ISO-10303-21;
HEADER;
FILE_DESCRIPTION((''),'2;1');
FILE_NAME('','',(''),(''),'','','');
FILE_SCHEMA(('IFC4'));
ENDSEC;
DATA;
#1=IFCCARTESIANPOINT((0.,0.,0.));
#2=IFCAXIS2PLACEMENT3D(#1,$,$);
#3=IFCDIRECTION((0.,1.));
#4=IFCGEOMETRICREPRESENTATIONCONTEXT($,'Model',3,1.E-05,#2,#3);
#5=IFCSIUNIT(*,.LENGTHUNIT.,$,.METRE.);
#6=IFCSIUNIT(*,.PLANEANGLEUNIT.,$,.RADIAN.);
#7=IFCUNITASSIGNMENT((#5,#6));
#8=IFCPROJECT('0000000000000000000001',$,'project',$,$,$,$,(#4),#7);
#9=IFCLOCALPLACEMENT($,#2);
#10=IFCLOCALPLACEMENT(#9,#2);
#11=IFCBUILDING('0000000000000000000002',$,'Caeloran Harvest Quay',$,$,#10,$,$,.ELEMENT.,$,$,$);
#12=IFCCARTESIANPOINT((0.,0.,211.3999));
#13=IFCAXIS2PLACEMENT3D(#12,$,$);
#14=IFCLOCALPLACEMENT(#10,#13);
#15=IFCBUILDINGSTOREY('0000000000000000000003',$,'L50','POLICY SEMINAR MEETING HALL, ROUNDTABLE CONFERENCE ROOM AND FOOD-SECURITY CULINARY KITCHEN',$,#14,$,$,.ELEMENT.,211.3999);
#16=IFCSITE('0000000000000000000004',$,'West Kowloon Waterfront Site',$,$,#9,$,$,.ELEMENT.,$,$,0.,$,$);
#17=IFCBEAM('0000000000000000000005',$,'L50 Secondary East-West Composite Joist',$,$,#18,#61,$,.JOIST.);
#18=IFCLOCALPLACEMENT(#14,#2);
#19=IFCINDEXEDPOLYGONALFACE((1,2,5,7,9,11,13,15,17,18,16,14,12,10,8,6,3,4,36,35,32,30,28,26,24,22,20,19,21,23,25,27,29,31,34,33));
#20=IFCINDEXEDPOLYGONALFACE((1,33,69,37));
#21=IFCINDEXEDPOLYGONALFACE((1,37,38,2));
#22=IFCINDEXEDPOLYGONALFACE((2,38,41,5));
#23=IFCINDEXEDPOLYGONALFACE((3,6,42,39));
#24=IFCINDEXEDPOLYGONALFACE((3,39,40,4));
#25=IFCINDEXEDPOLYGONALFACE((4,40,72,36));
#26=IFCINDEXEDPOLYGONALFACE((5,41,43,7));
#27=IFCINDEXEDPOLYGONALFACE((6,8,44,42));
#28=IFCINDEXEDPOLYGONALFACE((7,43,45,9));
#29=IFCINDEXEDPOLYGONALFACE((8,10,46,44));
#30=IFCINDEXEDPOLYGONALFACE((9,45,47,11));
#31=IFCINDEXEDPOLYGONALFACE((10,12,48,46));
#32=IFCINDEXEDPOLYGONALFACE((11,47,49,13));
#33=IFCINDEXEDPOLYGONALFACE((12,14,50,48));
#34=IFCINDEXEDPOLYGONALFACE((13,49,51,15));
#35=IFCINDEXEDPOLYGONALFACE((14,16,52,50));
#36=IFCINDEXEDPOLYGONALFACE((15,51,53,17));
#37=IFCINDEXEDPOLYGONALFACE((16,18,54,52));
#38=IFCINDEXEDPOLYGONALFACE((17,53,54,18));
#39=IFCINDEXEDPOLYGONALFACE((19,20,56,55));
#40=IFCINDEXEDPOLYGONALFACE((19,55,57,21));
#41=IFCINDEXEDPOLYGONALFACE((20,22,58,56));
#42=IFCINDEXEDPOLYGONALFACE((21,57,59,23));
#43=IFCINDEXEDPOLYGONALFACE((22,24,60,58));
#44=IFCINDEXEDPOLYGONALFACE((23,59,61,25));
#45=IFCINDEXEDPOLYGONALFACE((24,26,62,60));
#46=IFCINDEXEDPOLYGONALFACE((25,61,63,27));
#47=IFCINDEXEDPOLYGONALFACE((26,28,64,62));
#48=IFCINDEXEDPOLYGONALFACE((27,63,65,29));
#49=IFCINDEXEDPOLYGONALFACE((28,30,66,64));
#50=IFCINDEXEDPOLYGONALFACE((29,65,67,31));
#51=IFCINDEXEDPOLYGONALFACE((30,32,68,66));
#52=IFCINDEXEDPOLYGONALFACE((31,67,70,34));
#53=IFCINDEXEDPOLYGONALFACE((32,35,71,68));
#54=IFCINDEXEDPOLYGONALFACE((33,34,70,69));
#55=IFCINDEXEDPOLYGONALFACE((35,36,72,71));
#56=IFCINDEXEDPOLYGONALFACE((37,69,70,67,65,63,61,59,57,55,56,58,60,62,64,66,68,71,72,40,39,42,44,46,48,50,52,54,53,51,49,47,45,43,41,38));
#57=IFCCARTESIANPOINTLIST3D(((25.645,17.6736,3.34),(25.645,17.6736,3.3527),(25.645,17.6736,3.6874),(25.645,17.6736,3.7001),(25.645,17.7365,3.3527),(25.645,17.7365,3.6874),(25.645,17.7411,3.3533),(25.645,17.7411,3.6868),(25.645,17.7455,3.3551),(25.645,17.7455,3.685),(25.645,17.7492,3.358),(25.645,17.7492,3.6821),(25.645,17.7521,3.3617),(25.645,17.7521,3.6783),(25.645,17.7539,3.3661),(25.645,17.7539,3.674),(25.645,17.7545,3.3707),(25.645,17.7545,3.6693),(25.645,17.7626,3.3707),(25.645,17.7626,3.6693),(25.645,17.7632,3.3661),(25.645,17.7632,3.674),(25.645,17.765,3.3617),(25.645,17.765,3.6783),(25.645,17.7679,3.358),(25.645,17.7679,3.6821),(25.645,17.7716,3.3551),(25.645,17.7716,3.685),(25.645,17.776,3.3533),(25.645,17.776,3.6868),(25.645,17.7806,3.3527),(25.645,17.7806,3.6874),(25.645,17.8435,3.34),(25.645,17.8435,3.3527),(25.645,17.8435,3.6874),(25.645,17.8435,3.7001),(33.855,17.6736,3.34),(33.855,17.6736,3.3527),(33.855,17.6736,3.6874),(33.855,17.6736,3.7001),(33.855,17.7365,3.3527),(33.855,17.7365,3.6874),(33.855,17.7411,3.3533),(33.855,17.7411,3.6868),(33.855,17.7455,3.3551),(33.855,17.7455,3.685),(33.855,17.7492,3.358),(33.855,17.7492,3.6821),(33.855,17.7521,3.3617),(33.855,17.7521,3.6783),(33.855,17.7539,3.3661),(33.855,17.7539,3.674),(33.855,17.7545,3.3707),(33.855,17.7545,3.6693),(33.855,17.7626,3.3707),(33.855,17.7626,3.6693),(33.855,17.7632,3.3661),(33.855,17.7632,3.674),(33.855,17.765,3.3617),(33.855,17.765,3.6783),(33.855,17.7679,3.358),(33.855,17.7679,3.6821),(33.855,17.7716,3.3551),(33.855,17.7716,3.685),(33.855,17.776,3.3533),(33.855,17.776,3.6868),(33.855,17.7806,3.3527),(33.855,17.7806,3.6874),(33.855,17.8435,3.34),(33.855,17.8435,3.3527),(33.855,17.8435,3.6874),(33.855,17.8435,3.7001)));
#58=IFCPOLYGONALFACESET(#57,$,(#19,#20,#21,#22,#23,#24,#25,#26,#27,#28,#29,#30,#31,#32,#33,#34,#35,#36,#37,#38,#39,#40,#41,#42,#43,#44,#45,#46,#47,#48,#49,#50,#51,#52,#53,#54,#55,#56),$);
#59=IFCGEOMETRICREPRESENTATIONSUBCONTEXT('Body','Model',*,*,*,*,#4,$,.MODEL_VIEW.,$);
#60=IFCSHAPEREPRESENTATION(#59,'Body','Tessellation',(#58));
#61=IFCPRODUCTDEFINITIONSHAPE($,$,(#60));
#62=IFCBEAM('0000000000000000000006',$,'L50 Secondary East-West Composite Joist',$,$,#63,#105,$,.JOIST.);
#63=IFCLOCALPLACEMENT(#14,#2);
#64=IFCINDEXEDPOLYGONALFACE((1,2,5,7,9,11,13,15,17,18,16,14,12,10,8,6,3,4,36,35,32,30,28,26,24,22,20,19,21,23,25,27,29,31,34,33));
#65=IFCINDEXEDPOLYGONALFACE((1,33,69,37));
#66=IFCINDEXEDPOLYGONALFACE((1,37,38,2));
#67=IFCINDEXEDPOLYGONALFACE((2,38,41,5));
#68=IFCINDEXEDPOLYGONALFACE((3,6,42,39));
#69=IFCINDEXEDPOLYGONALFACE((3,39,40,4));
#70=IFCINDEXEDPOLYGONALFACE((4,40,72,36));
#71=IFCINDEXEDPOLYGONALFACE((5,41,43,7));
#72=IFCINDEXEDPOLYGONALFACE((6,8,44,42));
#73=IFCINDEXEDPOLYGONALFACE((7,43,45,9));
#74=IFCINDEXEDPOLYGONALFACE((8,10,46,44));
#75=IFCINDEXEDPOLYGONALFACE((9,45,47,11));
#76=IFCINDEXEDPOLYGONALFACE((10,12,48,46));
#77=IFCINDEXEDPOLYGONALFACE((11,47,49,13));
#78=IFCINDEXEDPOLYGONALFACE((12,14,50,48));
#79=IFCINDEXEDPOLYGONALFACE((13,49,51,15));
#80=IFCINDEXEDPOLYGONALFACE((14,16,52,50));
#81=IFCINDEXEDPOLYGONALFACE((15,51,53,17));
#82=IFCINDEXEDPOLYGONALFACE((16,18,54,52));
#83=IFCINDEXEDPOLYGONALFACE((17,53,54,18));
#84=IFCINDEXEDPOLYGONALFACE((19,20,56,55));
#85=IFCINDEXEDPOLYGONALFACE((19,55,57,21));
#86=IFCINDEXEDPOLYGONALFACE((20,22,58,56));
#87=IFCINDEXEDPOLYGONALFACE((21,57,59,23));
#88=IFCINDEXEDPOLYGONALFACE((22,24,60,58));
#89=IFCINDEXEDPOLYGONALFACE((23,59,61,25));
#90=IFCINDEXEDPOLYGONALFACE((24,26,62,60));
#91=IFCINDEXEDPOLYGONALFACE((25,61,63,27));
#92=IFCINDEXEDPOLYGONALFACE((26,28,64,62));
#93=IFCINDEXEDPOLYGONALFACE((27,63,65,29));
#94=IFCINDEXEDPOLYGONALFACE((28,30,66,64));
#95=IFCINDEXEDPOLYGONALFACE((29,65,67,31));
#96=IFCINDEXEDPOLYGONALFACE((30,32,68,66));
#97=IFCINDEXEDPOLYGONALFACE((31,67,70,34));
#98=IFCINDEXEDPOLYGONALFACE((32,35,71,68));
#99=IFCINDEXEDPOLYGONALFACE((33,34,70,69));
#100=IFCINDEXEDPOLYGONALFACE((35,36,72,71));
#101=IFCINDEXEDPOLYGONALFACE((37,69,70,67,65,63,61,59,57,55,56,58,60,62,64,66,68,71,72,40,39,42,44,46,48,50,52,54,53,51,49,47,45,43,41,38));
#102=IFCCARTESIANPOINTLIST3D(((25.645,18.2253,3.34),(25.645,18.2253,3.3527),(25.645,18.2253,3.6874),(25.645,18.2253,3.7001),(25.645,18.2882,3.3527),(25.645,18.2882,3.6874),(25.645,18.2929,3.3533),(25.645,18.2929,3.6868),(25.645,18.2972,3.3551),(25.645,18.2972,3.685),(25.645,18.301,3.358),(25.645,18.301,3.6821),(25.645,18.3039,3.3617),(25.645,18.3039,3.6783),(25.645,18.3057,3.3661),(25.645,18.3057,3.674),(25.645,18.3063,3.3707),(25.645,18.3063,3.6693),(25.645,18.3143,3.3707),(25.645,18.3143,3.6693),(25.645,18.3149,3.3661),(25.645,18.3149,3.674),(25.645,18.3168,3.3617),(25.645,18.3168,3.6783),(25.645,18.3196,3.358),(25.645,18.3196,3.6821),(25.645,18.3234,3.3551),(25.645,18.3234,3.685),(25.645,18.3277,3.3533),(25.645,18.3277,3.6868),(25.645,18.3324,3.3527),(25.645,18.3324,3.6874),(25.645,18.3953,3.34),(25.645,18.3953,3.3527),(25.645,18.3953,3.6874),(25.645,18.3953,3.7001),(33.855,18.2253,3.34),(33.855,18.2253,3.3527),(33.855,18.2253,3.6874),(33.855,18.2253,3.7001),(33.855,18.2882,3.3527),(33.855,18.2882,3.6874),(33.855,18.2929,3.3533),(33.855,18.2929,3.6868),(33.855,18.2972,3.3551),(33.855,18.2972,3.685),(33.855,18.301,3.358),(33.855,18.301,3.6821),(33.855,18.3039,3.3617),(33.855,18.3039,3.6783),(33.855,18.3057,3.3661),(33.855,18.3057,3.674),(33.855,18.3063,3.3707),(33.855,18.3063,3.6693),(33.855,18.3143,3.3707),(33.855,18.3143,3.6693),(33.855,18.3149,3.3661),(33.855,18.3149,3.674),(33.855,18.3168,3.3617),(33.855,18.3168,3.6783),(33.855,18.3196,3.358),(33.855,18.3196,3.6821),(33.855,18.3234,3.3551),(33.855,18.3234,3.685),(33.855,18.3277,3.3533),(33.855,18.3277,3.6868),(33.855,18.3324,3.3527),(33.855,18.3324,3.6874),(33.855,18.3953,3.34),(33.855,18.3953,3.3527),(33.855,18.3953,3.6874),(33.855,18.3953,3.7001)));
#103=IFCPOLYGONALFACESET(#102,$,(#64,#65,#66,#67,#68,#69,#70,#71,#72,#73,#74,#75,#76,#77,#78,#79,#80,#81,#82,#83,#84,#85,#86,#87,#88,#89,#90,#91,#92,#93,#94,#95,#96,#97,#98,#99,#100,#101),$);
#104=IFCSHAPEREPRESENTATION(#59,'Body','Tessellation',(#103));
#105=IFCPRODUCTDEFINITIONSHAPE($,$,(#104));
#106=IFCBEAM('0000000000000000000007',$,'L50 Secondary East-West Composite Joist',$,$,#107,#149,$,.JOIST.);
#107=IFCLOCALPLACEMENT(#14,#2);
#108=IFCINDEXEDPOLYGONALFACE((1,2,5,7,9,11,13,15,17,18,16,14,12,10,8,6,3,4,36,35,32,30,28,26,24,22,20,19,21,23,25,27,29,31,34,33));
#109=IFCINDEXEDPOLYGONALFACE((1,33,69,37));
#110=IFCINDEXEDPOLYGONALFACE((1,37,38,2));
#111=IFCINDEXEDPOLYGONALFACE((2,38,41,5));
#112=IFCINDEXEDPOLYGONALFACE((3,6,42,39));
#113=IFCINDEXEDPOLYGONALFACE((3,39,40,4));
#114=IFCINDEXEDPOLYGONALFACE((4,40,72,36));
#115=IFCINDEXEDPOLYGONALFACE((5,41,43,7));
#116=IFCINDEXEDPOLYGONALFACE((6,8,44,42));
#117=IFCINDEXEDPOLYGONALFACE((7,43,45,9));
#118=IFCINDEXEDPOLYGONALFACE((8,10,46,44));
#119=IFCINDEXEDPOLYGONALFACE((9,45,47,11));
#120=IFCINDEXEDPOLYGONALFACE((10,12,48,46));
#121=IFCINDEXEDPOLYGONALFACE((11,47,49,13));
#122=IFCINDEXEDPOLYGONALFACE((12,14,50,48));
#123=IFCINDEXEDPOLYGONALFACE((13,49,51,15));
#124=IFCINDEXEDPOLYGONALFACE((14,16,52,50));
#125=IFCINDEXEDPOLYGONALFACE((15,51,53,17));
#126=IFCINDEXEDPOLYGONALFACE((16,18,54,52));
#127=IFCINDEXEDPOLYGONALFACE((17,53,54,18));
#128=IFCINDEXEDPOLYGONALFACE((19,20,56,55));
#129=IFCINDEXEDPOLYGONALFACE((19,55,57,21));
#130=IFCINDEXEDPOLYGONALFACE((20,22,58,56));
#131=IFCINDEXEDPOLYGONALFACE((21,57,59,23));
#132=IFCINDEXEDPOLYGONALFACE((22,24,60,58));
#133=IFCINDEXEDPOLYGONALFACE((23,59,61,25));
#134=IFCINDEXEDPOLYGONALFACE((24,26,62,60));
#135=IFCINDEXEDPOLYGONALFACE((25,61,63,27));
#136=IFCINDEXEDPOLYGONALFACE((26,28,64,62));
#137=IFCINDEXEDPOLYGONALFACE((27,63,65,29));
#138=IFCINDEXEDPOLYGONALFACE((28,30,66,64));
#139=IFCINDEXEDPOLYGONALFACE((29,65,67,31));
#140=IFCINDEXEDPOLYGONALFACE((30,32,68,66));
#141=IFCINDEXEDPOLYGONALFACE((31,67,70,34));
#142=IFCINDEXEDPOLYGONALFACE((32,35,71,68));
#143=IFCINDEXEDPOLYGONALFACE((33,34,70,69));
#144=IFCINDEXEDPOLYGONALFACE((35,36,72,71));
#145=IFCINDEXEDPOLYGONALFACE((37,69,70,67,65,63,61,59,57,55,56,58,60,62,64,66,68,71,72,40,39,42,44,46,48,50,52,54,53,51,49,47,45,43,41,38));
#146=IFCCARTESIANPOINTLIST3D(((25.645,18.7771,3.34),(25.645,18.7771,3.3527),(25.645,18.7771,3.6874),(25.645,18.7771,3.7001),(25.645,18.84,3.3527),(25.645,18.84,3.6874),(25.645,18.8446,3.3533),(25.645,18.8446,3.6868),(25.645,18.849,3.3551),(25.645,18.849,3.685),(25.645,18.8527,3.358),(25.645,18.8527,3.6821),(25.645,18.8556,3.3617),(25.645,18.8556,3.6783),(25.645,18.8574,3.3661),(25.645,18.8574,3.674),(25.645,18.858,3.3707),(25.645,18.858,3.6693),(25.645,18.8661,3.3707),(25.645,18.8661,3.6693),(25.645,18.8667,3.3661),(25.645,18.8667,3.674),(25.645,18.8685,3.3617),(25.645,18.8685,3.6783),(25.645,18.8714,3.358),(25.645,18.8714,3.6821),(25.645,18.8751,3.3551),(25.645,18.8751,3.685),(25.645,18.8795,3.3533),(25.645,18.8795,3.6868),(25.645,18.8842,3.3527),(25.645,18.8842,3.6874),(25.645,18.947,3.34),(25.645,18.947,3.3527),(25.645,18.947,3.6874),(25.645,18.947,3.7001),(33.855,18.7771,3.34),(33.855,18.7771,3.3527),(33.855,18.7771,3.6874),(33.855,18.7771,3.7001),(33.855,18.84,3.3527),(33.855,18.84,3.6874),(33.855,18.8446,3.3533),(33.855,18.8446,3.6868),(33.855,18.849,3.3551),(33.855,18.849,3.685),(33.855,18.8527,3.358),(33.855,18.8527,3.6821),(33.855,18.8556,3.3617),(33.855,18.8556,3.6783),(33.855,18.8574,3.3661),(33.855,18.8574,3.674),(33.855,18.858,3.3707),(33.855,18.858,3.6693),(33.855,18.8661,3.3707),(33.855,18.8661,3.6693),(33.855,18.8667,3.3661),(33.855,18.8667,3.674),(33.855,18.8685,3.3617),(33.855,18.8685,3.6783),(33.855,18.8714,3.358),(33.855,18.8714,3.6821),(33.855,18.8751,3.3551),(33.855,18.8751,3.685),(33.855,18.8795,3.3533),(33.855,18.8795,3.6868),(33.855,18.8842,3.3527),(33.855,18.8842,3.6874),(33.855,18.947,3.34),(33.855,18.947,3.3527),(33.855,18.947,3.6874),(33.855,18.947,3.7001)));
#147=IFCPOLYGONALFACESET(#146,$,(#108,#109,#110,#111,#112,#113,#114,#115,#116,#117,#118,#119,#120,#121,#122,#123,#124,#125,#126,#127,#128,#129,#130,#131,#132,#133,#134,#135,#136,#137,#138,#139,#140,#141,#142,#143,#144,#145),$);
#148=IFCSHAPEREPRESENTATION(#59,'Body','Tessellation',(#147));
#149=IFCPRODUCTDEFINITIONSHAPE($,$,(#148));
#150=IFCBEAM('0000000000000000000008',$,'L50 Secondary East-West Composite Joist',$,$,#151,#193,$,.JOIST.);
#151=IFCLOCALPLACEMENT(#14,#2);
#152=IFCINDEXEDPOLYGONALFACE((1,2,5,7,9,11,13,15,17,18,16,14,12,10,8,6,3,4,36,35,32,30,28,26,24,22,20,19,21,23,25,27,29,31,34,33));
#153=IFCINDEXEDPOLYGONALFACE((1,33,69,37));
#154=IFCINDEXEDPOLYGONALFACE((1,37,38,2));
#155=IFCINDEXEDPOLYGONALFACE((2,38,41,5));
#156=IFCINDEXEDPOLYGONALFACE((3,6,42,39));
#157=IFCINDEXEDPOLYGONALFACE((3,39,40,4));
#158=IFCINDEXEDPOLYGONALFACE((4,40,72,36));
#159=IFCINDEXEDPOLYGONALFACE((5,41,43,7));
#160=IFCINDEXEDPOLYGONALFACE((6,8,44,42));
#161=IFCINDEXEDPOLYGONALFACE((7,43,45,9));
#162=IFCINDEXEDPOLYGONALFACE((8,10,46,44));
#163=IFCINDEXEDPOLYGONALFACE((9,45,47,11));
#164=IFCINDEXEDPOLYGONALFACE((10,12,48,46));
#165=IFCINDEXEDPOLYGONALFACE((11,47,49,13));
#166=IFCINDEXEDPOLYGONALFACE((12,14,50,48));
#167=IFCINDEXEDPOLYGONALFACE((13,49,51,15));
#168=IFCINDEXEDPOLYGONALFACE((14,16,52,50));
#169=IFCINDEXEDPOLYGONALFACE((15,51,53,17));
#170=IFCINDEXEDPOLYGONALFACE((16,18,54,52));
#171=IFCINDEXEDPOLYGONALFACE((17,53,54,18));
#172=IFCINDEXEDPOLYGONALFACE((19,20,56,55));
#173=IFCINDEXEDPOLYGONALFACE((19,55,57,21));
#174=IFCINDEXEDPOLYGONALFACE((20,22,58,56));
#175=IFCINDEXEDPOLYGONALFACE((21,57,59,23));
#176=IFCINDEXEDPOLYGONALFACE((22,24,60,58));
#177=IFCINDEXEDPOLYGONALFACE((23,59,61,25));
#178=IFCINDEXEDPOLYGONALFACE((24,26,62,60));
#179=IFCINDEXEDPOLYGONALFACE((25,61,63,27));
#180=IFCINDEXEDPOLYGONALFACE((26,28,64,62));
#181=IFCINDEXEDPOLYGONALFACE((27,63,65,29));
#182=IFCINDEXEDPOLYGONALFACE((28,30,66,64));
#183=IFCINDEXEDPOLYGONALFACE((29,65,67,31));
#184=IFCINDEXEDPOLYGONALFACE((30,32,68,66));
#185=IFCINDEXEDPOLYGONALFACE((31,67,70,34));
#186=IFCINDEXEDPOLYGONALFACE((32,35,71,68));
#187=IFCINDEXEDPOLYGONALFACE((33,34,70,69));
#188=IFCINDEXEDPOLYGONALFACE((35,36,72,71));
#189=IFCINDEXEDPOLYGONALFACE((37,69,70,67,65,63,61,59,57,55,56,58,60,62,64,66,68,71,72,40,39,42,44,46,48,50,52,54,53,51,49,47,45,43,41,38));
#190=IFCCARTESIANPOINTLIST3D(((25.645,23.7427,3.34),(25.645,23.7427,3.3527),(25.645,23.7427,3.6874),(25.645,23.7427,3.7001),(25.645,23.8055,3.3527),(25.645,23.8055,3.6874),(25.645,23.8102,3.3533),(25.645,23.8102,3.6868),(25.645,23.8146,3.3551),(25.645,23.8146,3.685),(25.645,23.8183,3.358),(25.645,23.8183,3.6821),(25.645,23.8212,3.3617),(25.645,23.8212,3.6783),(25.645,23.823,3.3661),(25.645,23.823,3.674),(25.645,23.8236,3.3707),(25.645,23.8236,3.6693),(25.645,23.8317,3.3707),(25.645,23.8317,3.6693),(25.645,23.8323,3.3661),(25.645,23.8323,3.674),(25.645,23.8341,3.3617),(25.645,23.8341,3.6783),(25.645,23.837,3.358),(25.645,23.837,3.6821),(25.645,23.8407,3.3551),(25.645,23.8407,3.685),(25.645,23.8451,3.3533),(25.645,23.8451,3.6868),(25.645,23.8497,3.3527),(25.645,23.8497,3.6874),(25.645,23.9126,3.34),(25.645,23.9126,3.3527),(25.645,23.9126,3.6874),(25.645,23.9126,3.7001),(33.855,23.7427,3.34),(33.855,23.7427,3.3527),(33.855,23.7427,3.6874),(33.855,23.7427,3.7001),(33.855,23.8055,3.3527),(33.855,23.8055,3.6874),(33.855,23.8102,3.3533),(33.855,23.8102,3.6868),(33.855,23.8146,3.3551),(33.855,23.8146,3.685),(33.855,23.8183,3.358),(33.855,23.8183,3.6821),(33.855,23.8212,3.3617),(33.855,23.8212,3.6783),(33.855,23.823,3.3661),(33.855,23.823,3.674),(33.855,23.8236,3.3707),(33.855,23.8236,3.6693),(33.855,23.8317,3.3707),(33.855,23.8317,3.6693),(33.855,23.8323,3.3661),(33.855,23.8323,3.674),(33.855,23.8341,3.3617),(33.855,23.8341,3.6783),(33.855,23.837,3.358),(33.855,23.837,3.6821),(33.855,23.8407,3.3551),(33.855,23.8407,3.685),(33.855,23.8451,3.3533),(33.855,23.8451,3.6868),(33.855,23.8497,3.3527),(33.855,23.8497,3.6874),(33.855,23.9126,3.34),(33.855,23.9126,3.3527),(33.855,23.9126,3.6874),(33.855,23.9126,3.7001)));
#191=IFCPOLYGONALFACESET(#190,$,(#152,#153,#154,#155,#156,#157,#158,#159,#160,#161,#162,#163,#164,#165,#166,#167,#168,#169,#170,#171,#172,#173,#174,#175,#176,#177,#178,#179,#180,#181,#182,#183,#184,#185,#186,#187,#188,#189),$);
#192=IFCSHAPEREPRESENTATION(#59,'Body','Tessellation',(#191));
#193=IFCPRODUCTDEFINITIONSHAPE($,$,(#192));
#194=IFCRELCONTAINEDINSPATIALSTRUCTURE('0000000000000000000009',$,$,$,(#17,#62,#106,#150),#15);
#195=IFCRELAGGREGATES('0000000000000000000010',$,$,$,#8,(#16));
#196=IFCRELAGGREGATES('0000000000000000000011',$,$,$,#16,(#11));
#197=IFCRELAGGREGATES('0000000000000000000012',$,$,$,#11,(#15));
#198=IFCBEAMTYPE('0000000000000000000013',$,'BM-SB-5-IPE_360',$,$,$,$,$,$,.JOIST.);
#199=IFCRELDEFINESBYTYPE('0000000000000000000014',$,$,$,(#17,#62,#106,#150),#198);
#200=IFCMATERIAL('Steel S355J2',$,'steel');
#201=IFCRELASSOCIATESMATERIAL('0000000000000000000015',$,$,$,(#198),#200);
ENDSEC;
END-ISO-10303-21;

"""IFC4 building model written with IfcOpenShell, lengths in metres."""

from ifc_helpers import new_model, si_unit, direction, frame, origin, origin_2d, place, context, subcontext, project, spatial, i_section, extrude, material, material_profile, profile_set, type_object, element, save


model = new_model("IFC4")

# Units and contexts
model_context = context("Model", 3, precision=1e-05, world=origin(), true_north=direction((0.0, 1.0)))
body_context = subcontext(model_context, "Body", "Model", "MODEL_VIEW")
ifc_project = project(units=[si_unit("LENGTHUNIT", "METRE"), si_unit("PLANEANGLEUNIT", "RADIAN")], contexts=[model_context])

# Site, building, storey
site_placement = place(None, origin())
site = spatial("IfcSite", under=ifc_project, at=site_placement, Name="West Kowloon Waterfront Site", CompositionType="ELEMENT", RefElevation=0.0)
building_placement = place(site_placement, origin())
building = spatial("IfcBuilding", under=site, at=building_placement, Name="Caeloran Harvest Quay", CompositionType="ELEMENT")
storey_placement = place(building_placement, frame((0.0, 0.0, 211.3999)))
storey = spatial("IfcBuildingStorey", under=building, at=storey_placement, Name="L50", Description="POLICY SEMINAR MEETING HALL, ROUNDTABLE CONFERENCE ROOM AND FOOD-SECURITY CULINARY KITCHEN", CompositionType="ELEMENT", Elevation=211.3999)

# Beams
ifc_material_1 = material(Name="Steel S355J2", Category="steel")
ifc_material_profile_1 = material_profile(ifc_material_1, i_section(OverallWidth=0.1699, OverallDepth=0.3601, WebThickness=0.0081, FlangeThickness=0.0127, FilletRadius=0.0181, at=origin_2d()), Name="IPE 360")
ifc_profile_set_1 = profile_set([ifc_material_profile_1], Name="Steel S355J2")
beam_type_1 = type_object("IfcBeamType", Name="BM-SB-5-IPE_360", PredefinedType="JOIST", material=ifc_profile_set_1)
for number, where, z_axis, x_axis, name in (
    (1, (25.645, 17.7585, 3.52), (1.0, 0.0, 0.0), (0.0, 1.0, 0.0), "L50 Secondary East-West Composite Joist"),
    (2, (25.645, 18.3103, 3.52), (1.0, 0.0, 0.0), (0.0, 1.0, 0.0), "L50 Secondary East-West Composite Joist"),
    (3, (25.645, 18.8621, 3.52), (1.0, 0.0, 0.0), (0.0, 1.0, 0.0), "L50 Secondary East-West Composite Joist"),
    (4, (25.645, 23.8276, 3.52), (1.0, 0.0, 0.0), (0.0, 1.0, 0.0), "L50 Secondary East-West Composite Joist"),
):
    element("IfcBeam", number, at=place(storey_placement, frame(where, z_axis=z_axis, x_axis=x_axis)), inside=storey, type_object=beam_type_1, Name=name, PredefinedType="JOIST", context=body_context, shape_type="SweptSolid", body=[
        extrude(i_section(OverallWidth=0.1699, OverallDepth=0.3601, WebThickness=0.0081, FlangeThickness=0.0127, FilletRadius=0.0181, at=origin_2d()), origin(), (0.0, 0.0, 1.0), 8.21),
    ])

save(model, "model.ifc")
